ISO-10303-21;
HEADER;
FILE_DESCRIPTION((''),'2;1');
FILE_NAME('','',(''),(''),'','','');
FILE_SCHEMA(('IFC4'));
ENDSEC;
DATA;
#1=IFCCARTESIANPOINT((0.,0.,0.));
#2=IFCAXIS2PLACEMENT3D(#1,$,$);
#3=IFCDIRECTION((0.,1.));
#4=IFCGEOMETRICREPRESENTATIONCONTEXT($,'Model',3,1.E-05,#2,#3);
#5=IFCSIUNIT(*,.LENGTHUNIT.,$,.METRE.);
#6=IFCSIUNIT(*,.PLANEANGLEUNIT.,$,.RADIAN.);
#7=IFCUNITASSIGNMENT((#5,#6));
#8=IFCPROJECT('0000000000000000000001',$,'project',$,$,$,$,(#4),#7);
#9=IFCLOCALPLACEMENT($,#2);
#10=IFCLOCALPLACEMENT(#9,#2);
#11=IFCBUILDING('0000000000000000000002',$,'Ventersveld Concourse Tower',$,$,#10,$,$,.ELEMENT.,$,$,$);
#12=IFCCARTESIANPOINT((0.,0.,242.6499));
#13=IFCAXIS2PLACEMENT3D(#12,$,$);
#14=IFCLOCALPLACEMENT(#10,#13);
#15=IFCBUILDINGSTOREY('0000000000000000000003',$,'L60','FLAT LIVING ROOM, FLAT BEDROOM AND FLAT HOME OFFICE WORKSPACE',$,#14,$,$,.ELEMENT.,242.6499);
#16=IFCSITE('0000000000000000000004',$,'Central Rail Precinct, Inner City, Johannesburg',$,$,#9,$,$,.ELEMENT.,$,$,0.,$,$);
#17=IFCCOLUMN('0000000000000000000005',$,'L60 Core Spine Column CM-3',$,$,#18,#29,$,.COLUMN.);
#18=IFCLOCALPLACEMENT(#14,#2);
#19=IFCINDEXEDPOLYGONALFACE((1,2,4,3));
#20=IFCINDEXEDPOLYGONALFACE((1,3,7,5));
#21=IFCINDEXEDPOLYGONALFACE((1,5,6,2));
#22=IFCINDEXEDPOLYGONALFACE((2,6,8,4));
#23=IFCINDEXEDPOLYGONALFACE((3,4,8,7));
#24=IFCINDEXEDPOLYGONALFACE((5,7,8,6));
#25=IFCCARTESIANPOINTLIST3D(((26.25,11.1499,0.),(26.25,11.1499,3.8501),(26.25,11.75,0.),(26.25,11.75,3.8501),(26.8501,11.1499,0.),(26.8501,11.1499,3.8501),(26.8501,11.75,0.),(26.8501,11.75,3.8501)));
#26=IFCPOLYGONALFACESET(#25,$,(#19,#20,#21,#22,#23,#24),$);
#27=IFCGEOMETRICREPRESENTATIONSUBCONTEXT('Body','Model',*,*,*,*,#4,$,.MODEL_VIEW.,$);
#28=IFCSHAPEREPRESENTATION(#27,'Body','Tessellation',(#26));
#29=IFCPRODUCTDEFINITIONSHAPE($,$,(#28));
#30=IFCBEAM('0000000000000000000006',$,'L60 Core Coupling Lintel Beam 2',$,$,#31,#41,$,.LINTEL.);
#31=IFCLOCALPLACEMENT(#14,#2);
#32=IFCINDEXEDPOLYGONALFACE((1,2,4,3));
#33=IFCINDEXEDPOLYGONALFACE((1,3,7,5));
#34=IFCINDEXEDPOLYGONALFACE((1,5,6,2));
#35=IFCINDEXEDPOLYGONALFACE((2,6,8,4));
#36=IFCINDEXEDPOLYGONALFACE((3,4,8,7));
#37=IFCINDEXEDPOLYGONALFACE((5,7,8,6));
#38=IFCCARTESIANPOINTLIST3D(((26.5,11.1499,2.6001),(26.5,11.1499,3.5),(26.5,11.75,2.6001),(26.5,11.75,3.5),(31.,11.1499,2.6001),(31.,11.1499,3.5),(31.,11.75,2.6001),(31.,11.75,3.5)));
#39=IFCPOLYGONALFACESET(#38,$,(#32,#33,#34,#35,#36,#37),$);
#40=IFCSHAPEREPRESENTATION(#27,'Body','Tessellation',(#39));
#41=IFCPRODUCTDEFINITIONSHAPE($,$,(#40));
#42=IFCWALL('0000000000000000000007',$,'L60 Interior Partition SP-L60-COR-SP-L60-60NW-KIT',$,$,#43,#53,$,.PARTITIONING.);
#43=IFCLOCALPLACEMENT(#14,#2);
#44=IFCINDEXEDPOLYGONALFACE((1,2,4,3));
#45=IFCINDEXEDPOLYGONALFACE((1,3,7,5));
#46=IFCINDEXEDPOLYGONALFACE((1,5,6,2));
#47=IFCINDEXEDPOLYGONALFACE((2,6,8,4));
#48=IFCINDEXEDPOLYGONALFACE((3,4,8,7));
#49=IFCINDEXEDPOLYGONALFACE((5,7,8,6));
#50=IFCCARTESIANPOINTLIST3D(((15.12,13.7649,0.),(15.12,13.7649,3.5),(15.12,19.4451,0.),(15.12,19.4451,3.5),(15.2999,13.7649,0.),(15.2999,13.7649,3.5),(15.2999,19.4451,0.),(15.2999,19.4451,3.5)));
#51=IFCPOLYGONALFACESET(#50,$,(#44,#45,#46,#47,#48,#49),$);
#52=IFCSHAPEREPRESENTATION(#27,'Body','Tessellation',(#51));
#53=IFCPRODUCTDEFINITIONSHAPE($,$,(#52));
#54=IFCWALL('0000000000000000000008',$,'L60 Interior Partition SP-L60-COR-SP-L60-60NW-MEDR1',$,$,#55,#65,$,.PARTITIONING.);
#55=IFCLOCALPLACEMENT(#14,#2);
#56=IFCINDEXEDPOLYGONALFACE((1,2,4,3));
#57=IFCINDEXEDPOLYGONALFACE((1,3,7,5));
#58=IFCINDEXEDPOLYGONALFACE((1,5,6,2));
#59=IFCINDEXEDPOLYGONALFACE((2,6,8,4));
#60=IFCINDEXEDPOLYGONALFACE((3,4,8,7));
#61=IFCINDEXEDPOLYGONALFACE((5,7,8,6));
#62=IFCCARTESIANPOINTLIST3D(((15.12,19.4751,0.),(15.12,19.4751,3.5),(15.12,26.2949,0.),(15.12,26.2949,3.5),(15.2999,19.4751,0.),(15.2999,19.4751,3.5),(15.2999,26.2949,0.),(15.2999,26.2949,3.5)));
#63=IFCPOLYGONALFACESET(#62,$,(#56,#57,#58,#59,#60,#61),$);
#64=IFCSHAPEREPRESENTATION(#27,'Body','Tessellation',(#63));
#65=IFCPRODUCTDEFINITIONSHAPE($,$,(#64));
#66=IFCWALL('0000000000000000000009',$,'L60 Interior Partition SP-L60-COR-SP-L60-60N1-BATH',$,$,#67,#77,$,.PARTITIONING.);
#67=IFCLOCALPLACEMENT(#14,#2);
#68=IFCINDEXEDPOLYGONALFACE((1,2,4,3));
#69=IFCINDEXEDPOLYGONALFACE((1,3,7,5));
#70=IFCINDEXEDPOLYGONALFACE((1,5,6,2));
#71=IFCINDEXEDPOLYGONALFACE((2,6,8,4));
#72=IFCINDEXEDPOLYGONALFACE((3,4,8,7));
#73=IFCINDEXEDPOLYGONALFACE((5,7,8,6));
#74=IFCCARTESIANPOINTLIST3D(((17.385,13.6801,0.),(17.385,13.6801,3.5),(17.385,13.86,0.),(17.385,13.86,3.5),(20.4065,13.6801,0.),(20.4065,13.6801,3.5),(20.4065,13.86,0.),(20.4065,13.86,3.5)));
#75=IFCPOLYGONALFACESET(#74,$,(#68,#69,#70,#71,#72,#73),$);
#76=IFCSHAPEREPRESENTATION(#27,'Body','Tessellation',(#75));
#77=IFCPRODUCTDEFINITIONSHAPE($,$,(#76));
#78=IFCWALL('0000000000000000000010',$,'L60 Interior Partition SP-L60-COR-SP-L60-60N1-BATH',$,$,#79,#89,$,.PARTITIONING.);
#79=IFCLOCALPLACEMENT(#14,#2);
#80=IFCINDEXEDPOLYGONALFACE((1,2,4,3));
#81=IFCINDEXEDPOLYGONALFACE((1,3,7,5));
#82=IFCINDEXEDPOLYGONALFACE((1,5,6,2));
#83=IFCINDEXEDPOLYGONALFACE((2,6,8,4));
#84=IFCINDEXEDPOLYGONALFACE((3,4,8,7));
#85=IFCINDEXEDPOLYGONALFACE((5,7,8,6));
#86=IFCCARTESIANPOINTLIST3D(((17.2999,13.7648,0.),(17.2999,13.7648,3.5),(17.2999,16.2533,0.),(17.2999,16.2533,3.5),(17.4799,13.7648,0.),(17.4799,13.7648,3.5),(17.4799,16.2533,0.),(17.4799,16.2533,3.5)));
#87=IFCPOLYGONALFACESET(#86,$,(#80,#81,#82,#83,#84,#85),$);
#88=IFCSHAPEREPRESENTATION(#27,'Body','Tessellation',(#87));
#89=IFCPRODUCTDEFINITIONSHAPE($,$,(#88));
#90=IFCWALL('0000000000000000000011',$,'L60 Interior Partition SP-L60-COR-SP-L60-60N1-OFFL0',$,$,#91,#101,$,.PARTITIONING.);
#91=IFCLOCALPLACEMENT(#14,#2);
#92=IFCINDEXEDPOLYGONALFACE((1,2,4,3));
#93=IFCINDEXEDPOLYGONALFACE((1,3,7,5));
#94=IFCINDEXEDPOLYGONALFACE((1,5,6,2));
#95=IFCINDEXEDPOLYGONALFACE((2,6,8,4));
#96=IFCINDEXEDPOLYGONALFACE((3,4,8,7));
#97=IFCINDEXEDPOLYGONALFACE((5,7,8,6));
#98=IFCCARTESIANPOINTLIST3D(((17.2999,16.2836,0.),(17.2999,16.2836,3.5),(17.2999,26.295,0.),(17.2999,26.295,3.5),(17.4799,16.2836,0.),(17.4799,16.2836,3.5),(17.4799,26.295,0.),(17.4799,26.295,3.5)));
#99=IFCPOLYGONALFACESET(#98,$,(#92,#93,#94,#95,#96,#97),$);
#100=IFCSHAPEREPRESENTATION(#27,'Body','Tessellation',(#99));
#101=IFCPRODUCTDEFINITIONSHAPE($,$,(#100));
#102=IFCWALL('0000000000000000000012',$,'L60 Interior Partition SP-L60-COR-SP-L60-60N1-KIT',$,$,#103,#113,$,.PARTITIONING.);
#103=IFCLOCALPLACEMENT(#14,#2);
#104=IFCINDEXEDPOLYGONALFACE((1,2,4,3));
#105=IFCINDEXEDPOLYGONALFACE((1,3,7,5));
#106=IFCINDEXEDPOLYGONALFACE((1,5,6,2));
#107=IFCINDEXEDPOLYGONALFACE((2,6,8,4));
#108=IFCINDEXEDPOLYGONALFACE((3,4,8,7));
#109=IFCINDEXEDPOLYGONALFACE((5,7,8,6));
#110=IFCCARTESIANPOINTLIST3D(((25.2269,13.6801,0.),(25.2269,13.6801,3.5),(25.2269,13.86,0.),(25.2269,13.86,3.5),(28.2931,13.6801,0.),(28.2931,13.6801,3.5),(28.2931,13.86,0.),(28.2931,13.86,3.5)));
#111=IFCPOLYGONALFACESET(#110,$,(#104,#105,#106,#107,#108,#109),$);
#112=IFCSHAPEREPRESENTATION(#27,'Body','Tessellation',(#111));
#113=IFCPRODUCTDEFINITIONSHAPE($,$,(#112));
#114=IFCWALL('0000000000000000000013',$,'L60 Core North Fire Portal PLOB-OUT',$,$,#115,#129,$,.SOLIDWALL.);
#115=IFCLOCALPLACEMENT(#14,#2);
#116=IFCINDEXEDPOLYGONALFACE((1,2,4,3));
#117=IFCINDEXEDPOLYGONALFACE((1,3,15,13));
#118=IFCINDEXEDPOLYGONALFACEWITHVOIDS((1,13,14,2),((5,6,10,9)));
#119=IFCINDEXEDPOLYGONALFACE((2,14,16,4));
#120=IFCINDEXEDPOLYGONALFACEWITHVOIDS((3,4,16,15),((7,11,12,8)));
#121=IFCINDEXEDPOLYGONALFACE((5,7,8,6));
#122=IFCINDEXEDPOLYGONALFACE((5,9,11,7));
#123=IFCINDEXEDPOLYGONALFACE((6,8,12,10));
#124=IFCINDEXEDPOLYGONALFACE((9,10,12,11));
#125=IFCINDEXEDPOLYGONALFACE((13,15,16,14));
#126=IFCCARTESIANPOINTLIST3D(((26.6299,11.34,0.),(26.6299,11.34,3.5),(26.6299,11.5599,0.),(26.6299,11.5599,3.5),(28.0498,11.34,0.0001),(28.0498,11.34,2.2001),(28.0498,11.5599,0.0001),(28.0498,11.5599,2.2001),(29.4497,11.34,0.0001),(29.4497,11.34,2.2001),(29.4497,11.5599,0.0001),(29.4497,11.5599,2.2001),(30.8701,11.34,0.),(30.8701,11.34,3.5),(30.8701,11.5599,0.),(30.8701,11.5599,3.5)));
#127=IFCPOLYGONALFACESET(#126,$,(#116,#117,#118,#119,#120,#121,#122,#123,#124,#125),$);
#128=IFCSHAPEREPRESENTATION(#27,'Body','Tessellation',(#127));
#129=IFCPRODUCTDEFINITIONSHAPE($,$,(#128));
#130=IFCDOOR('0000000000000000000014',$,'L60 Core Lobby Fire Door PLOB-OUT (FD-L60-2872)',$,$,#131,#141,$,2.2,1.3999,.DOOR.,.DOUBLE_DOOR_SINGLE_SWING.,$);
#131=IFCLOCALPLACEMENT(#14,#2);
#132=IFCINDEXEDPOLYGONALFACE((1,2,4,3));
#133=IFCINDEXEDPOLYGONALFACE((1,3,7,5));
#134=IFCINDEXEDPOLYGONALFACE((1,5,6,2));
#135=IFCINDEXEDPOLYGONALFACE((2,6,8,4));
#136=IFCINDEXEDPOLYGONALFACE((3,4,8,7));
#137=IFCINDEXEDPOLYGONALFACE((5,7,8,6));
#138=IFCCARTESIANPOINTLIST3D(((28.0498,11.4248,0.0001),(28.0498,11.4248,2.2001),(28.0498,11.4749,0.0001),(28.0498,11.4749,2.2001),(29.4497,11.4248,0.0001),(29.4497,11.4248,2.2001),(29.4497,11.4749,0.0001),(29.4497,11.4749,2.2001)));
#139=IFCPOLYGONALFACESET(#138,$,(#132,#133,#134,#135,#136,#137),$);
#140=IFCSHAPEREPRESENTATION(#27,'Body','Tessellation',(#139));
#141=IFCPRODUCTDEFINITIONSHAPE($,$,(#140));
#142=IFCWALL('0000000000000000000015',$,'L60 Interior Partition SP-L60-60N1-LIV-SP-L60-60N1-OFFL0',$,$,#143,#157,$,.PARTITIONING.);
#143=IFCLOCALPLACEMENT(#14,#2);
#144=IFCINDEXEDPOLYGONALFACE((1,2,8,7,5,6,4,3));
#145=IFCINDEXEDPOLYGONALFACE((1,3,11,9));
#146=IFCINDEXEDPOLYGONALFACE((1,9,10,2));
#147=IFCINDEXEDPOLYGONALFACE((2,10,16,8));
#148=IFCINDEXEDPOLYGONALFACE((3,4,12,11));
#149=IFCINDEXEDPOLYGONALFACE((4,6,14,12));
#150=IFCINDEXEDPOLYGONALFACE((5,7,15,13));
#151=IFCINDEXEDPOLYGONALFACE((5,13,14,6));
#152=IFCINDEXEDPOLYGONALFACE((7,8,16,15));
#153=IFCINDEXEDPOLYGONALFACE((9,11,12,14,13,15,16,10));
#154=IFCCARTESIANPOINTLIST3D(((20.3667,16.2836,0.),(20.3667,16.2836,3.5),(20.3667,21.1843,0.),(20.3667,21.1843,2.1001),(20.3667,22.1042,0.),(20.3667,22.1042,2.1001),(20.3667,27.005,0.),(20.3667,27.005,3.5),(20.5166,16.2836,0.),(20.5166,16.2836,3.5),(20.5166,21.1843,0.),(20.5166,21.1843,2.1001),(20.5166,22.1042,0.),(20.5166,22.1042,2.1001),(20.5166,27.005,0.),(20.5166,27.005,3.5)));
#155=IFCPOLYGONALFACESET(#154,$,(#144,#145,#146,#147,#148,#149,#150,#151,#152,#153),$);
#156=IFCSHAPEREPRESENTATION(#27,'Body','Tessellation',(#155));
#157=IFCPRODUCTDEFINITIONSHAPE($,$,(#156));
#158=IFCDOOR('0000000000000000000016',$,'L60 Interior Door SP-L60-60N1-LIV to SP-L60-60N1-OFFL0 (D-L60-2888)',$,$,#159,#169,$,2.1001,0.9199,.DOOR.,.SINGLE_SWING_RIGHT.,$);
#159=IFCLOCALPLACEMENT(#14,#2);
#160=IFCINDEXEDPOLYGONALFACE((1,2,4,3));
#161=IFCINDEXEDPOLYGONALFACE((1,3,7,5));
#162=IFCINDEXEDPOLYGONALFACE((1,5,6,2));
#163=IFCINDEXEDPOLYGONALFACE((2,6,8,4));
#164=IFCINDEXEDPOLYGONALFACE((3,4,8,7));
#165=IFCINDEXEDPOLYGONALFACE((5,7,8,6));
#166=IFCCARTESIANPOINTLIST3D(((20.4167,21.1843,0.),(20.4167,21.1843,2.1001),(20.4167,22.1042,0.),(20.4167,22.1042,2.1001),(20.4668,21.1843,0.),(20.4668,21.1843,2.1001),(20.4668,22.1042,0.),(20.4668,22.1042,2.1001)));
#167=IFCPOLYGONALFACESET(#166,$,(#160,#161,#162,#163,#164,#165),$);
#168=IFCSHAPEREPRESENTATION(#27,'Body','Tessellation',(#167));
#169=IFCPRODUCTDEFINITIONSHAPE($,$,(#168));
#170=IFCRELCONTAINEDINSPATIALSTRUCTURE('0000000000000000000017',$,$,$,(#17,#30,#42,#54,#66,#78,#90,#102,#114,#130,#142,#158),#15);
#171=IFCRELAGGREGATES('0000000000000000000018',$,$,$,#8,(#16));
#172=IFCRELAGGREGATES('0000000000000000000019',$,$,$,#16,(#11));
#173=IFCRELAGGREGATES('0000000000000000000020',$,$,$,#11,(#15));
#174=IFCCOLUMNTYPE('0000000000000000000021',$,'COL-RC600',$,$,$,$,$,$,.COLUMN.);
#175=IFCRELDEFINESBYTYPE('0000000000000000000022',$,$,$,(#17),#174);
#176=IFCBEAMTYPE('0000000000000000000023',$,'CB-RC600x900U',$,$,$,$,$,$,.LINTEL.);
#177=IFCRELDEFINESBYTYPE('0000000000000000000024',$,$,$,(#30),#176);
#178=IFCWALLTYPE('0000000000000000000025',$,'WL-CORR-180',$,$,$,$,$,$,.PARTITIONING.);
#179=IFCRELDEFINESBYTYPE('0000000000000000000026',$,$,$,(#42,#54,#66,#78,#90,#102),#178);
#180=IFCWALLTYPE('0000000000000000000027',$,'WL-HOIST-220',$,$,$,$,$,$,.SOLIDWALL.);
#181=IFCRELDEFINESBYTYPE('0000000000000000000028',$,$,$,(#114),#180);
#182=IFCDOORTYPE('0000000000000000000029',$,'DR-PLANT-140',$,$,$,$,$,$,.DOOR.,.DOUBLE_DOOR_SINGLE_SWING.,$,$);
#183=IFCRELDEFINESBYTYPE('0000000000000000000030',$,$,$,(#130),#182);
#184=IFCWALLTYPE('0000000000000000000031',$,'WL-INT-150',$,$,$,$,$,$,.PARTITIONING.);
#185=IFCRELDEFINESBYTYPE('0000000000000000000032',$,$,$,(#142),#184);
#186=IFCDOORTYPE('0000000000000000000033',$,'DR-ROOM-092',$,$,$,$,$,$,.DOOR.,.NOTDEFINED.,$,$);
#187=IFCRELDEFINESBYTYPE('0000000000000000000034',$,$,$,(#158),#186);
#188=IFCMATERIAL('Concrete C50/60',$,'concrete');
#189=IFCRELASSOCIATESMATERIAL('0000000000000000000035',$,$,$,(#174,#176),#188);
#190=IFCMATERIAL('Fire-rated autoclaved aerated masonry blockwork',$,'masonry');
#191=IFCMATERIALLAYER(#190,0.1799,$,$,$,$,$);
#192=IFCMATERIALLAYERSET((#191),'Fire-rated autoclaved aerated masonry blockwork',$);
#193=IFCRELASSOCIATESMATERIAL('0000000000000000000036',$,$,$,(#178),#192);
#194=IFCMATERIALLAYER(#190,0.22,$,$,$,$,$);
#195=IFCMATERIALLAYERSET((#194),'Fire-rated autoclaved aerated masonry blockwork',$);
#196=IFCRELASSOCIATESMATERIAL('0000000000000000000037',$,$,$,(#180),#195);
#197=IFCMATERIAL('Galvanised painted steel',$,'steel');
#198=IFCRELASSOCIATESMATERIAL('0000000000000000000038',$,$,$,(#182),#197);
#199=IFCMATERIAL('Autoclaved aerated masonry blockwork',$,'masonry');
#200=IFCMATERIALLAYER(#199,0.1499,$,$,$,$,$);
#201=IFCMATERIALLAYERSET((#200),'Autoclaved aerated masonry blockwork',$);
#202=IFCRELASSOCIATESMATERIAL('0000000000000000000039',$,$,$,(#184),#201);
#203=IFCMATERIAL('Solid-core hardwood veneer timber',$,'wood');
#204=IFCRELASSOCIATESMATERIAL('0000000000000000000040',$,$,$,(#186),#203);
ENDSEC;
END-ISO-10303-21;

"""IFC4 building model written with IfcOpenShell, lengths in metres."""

from ifc_helpers import new_model, si_unit, direction, frame, frame_2d, origin, origin_2d, place, context, subcontext, project, spatial, rectangle, extrude, material, layer, layer_set, material_profile, profile_set, type_object, element, fill, save


model = new_model("IFC4")

# Units and contexts
model_context = context("Model", 3, precision=1e-05, world=origin(), true_north=direction((0.0, 1.0)))
body_context = subcontext(model_context, "Body", "Model", "MODEL_VIEW")
ifc_project = project(units=[si_unit("LENGTHUNIT", "METRE"), si_unit("PLANEANGLEUNIT", "RADIAN")], contexts=[model_context])

# Site, building, storey
site_placement = place(None, origin())
site = spatial("IfcSite", under=ifc_project, at=site_placement, Name="Central Rail Precinct, Inner City, Johannesburg", CompositionType="ELEMENT", RefElevation=0.0)
building_placement = place(site_placement, origin())
building = spatial("IfcBuilding", under=site, at=building_placement, Name="Ventersveld Concourse Tower", CompositionType="ELEMENT")
storey_placement = place(building_placement, frame((0.0, 0.0, 242.6499)))
storey = spatial("IfcBuildingStorey", under=building, at=storey_placement, Name="L60", Description="FLAT LIVING ROOM, FLAT BEDROOM AND FLAT HOME OFFICE WORKSPACE", CompositionType="ELEMENT", Elevation=242.6499)

# Column
ifc_material_1 = material(Name="Concrete C50/60", Category="concrete")
ifc_material_profile_1 = material_profile(ifc_material_1, rectangle(XDim=0.6001, YDim=0.6001, at=origin_2d()), Name="RC 600x600")
ifc_profile_set_1 = profile_set([ifc_material_profile_1], Name="Concrete C50/60")
column_type = type_object("IfcColumnType", Name="COL-RC600", PredefinedType="COLUMN", material=ifc_profile_set_1)
column_placement = place(storey_placement, frame((26.55, 11.45, 0.0), z_axis=(0.0, 0.0, 1.0), x_axis=(1.0, 0.0, 0.0)))
element("IfcColumn", 1, at=column_placement, inside=storey, type_object=column_type, Name="L60 Core Spine Column CM-3", PredefinedType="COLUMN", context=body_context, shape_type="SweptSolid", body=[
    extrude(rectangle(XDim=0.6001, YDim=0.6001, at=origin_2d()), origin(), (0.0, 0.0, 1.0), 3.8501),
])

# Beam
ifc_material_profile_2 = material_profile(ifc_material_1, rectangle(XDim=0.6001, YDim=0.8999, at=origin_2d()), Name="RC 600x900")
ifc_profile_set_2 = profile_set([ifc_material_profile_2], Name="Concrete C50/60")
beam_type = type_object("IfcBeamType", Name="CB-RC600x900U", PredefinedType="LINTEL", material=ifc_profile_set_2)
beam_placement = place(storey_placement, frame((26.5, 11.45, 3.05), z_axis=(1.0, 0.0, 0.0), x_axis=(0.0, 1.0, 0.0)))
element("IfcBeam", 2, at=beam_placement, inside=storey, type_object=beam_type, Name="L60 Core Coupling Lintel Beam 2", PredefinedType="LINTEL", context=body_context, shape_type="SweptSolid", body=[
    extrude(rectangle(XDim=0.6001, YDim=0.8999, at=origin_2d()), origin(), (0.0, 0.0, 1.0), 4.5),
])

# Walls
ifc_material_2 = material(Name="Fire-rated autoclaved aerated masonry blockwork", Category="masonry")
ifc_layer_1 = layer(ifc_material_2, 0.1799)
ifc_layer_set_1 = layer_set([ifc_layer_1], Name="Fire-rated autoclaved aerated masonry blockwork")
wall_type_1 = type_object("IfcWallType", Name="WL-CORR-180", PredefinedType="PARTITIONING", material=ifc_layer_set_1)
wall_1_placement = place(storey_placement, frame((15.21, 13.7649, 0.0), z_axis=(0.0, 0.0, 1.0), x_axis=(0.0, 1.0, 0.0)))
element("IfcWall", 3, at=wall_1_placement, inside=storey, type_object=wall_type_1, Name="L60 Interior Partition SP-L60-COR-SP-L60-60NW-KIT", PredefinedType="PARTITIONING", context=body_context, shape_type="SweptSolid", body=[
    extrude(rectangle(XDim=5.6802, YDim=0.1799, at=frame_2d((2.8401, 0.0))), origin(), (0.0, 0.0, 1.0), 3.5),
])
wall_2_placement = place(storey_placement, frame((15.21, 19.4751, 0.0), z_axis=(0.0, 0.0, 1.0), x_axis=(0.0, 1.0, 0.0)))
element("IfcWall", 4, at=wall_2_placement, inside=storey, type_object=wall_type_1, Name="L60 Interior Partition SP-L60-COR-SP-L60-60NW-MEDR1", PredefinedType="PARTITIONING", context=body_context, shape_type="SweptSolid", body=[
    extrude(rectangle(XDim=6.8198, YDim=0.1799, at=frame_2d((3.4099, 0.0))), origin(), (0.0, 0.0, 1.0), 3.5),
])

# Shared definitions
ifc_material_3 = material(Name="Solid-core hardwood veneer timber", Category="wood")

# Walls
wall_3_placement = place(storey_placement, frame((17.385, 13.77, 0.0), z_axis=(0.0, 0.0, 1.0), x_axis=(1.0, 0.0, 0.0)))
element("IfcWall", 5, at=wall_3_placement, inside=storey, type_object=wall_type_1, Name="L60 Interior Partition SP-L60-COR-SP-L60-60N1-BATH", PredefinedType="PARTITIONING", context=body_context, shape_type="SweptSolid", body=[
    extrude(rectangle(XDim=3.0215, YDim=0.1799, at=frame_2d((1.5107, 0.0))), origin(), (0.0, 0.0, 1.0), 3.5),
])
wall_4_placement = place(storey_placement, frame((17.3899, 13.7649, 0.0), z_axis=(0.0, 0.0, 1.0), x_axis=(0.0, 1.0, 0.0)))
element("IfcWall", 6, at=wall_4_placement, inside=storey, type_object=wall_type_1, Name="L60 Interior Partition SP-L60-COR-SP-L60-60N1-BATH", PredefinedType="PARTITIONING", context=body_context, shape_type="SweptSolid", body=[
    extrude(rectangle(XDim=2.4885, YDim=0.1799, at=frame_2d((1.2441, 0.0))), origin(), (0.0, 0.0, 1.0), 3.5),
])
wall_5_placement = place(storey_placement, frame((17.3899, 16.2834, 0.0), z_axis=(0.0, 0.0, 1.0), x_axis=(0.0, 1.0, 0.0)))
element("IfcWall", 7, at=wall_5_placement, inside=storey, type_object=wall_type_1, Name="L60 Interior Partition SP-L60-COR-SP-L60-60N1-OFFL0", PredefinedType="PARTITIONING", context=body_context, shape_type="SweptSolid", body=[
    extrude(rectangle(XDim=10.0115, YDim=0.1799, at=frame_2d((5.0059, 0.0))), origin(), (0.0, 0.0, 1.0), 3.5),
])
wall_6_placement = place(storey_placement, frame((25.2268, 13.77, 0.0), z_axis=(0.0, 0.0, 1.0), x_axis=(1.0, 0.0, 0.0)))
element("IfcWall", 8, at=wall_6_placement, inside=storey, type_object=wall_type_1, Name="L60 Interior Partition SP-L60-COR-SP-L60-60N1-KIT", PredefinedType="PARTITIONING", context=body_context, shape_type="SweptSolid", body=[
    extrude(rectangle(XDim=3.0662, YDim=0.1799, at=frame_2d((1.5332, 0.0))), origin(), (0.0, 0.0, 1.0), 3.5),
])

# Walls, openings, doors
ifc_layer_2 = layer(ifc_material_2, 0.22)
ifc_layer_set_2 = layer_set([ifc_layer_2], Name="Fire-rated autoclaved aerated masonry blockwork")
wall_type_2 = type_object("IfcWallType", Name="WL-HOIST-220", PredefinedType="SOLIDWALL", material=ifc_layer_set_2)
wall_7_placement = place(storey_placement, frame((26.6299, 11.45, 0.0), z_axis=(0.0, 0.0, 1.0), x_axis=(1.0, 0.0, 0.0)))
wall_7 = element("IfcWall", 9, at=wall_7_placement, inside=storey, type_object=wall_type_2, Name="L60 Core North Fire Portal PLOB-OUT", PredefinedType="SOLIDWALL", context=body_context, shape_type="SweptSolid", body=[
    extrude(rectangle(XDim=4.2402, YDim=0.22, at=frame_2d((2.1201, 0.0))), origin(), (0.0, 0.0, 1.0), 3.5),
])
opening_1_placement = place(wall_7_placement, frame((1.4199, 0.0, 0.0)))
opening_1 = element("IfcOpeningElement", 10, at=opening_1_placement, cuts=wall_7, PredefinedType="OPENING", context=body_context, shape_type="SweptSolid", body=[
    extrude(rectangle(XDim=1.3999, YDim=2.2, at=frame_2d((0.7, 1.1001))), frame((0.0, 0.1201, 0.0), z_axis=(0.0, -1.0, 0.0), x_axis=(1.0, 0.0, 0.0)), (0.0, 0.0, 1.0), 0.24),
])
ifc_material_4 = material(Name="Galvanised painted steel", Category="steel")
door_type_1 = type_object("IfcDoorType", Name="DR-PLANT-140", OperationType="DOUBLE_DOOR_SINGLE_SWING", PredefinedType="DOOR", material=ifc_material_4)
door_1_placement = place(opening_1_placement, origin())
door_1 = element("IfcDoor", 11, at=door_1_placement, inside=storey, type_object=door_type_1, Name="L60 Core Lobby Fire Door PLOB-OUT (FD-L60-2872)", OperationType="DOUBLE_DOOR_SINGLE_SWING", OverallHeight=2.2, OverallWidth=1.3999, PredefinedType="DOOR", context=body_context, shape_type="SweptSolid", body=[
    extrude(rectangle(XDim=1.3999, YDim=2.2, at=frame_2d((0.7, 1.1001))), frame((0.0, 0.0249, 0.0), z_axis=(0.0, -1.0, 0.0), x_axis=(1.0, 0.0, 0.0)), (0.0, 0.0, 1.0), 0.05),
])
fill(opening_1, door_1)
ifc_material_5 = material(Name="Autoclaved aerated masonry blockwork", Category="masonry")
ifc_layer_3 = layer(ifc_material_5, 0.1499)
ifc_layer_set_3 = layer_set([ifc_layer_3], Name="Autoclaved aerated masonry blockwork")
wall_type_3 = type_object("IfcWallType", Name="WL-INT-150", PredefinedType="PARTITIONING", material=ifc_layer_set_3)
wall_8_placement = place(storey_placement, frame((20.4417, 16.2834, 0.0), z_axis=(0.0, 0.0, 1.0), x_axis=(0.0, 1.0, 0.0)))
wall_8 = element("IfcWall", 12, at=wall_8_placement, inside=storey, type_object=wall_type_3, Name="L60 Interior Partition SP-L60-60N1-LIV-SP-L60-60N1-OFFL0", PredefinedType="PARTITIONING", context=body_context, shape_type="SweptSolid", body=[
    extrude(rectangle(XDim=10.7214, YDim=0.1499, at=frame_2d((5.3608, 0.0))), origin(), (0.0, 0.0, 1.0), 3.5),
])
opening_2_placement = place(wall_8_placement, frame((4.9009, 0.0, 0.0)))
opening_2 = element("IfcOpeningElement", 13, at=opening_2_placement, cuts=wall_8, PredefinedType="OPENING", context=body_context, shape_type="SweptSolid", body=[
    extrude(rectangle(XDim=0.9199, YDim=2.1001, at=frame_2d((0.46, 1.05))), frame((0.0, 0.085, 0.0), z_axis=(0.0, -1.0, 0.0), x_axis=(1.0, 0.0, 0.0)), (0.0, 0.0, 1.0), 0.1699),
])
door_type_2 = type_object("IfcDoorType", Name="DR-ROOM-092", OperationType="NOTDEFINED", PredefinedType="DOOR", material=ifc_material_3)
door_2_placement = place(opening_2_placement, origin())
door_2 = element("IfcDoor", 14, at=door_2_placement, inside=storey, type_object=door_type_2, Name="L60 Interior Door SP-L60-60N1-LIV to SP-L60-60N1-OFFL0 (D-L60-2888)", OperationType="SINGLE_SWING_RIGHT", OverallHeight=2.1001, OverallWidth=0.9199, PredefinedType="DOOR", context=body_context, shape_type="SweptSolid", body=[
    extrude(rectangle(XDim=0.9199, YDim=2.1001, at=frame_2d((0.46, 1.05))), frame((0.0, 0.0249, 0.0), z_axis=(0.0, -1.0, 0.0), x_axis=(1.0, 0.0, 0.0)), (0.0, 0.0, 1.0), 0.05),
])
fill(opening_2, door_2)

save(model, "model.ifc")
